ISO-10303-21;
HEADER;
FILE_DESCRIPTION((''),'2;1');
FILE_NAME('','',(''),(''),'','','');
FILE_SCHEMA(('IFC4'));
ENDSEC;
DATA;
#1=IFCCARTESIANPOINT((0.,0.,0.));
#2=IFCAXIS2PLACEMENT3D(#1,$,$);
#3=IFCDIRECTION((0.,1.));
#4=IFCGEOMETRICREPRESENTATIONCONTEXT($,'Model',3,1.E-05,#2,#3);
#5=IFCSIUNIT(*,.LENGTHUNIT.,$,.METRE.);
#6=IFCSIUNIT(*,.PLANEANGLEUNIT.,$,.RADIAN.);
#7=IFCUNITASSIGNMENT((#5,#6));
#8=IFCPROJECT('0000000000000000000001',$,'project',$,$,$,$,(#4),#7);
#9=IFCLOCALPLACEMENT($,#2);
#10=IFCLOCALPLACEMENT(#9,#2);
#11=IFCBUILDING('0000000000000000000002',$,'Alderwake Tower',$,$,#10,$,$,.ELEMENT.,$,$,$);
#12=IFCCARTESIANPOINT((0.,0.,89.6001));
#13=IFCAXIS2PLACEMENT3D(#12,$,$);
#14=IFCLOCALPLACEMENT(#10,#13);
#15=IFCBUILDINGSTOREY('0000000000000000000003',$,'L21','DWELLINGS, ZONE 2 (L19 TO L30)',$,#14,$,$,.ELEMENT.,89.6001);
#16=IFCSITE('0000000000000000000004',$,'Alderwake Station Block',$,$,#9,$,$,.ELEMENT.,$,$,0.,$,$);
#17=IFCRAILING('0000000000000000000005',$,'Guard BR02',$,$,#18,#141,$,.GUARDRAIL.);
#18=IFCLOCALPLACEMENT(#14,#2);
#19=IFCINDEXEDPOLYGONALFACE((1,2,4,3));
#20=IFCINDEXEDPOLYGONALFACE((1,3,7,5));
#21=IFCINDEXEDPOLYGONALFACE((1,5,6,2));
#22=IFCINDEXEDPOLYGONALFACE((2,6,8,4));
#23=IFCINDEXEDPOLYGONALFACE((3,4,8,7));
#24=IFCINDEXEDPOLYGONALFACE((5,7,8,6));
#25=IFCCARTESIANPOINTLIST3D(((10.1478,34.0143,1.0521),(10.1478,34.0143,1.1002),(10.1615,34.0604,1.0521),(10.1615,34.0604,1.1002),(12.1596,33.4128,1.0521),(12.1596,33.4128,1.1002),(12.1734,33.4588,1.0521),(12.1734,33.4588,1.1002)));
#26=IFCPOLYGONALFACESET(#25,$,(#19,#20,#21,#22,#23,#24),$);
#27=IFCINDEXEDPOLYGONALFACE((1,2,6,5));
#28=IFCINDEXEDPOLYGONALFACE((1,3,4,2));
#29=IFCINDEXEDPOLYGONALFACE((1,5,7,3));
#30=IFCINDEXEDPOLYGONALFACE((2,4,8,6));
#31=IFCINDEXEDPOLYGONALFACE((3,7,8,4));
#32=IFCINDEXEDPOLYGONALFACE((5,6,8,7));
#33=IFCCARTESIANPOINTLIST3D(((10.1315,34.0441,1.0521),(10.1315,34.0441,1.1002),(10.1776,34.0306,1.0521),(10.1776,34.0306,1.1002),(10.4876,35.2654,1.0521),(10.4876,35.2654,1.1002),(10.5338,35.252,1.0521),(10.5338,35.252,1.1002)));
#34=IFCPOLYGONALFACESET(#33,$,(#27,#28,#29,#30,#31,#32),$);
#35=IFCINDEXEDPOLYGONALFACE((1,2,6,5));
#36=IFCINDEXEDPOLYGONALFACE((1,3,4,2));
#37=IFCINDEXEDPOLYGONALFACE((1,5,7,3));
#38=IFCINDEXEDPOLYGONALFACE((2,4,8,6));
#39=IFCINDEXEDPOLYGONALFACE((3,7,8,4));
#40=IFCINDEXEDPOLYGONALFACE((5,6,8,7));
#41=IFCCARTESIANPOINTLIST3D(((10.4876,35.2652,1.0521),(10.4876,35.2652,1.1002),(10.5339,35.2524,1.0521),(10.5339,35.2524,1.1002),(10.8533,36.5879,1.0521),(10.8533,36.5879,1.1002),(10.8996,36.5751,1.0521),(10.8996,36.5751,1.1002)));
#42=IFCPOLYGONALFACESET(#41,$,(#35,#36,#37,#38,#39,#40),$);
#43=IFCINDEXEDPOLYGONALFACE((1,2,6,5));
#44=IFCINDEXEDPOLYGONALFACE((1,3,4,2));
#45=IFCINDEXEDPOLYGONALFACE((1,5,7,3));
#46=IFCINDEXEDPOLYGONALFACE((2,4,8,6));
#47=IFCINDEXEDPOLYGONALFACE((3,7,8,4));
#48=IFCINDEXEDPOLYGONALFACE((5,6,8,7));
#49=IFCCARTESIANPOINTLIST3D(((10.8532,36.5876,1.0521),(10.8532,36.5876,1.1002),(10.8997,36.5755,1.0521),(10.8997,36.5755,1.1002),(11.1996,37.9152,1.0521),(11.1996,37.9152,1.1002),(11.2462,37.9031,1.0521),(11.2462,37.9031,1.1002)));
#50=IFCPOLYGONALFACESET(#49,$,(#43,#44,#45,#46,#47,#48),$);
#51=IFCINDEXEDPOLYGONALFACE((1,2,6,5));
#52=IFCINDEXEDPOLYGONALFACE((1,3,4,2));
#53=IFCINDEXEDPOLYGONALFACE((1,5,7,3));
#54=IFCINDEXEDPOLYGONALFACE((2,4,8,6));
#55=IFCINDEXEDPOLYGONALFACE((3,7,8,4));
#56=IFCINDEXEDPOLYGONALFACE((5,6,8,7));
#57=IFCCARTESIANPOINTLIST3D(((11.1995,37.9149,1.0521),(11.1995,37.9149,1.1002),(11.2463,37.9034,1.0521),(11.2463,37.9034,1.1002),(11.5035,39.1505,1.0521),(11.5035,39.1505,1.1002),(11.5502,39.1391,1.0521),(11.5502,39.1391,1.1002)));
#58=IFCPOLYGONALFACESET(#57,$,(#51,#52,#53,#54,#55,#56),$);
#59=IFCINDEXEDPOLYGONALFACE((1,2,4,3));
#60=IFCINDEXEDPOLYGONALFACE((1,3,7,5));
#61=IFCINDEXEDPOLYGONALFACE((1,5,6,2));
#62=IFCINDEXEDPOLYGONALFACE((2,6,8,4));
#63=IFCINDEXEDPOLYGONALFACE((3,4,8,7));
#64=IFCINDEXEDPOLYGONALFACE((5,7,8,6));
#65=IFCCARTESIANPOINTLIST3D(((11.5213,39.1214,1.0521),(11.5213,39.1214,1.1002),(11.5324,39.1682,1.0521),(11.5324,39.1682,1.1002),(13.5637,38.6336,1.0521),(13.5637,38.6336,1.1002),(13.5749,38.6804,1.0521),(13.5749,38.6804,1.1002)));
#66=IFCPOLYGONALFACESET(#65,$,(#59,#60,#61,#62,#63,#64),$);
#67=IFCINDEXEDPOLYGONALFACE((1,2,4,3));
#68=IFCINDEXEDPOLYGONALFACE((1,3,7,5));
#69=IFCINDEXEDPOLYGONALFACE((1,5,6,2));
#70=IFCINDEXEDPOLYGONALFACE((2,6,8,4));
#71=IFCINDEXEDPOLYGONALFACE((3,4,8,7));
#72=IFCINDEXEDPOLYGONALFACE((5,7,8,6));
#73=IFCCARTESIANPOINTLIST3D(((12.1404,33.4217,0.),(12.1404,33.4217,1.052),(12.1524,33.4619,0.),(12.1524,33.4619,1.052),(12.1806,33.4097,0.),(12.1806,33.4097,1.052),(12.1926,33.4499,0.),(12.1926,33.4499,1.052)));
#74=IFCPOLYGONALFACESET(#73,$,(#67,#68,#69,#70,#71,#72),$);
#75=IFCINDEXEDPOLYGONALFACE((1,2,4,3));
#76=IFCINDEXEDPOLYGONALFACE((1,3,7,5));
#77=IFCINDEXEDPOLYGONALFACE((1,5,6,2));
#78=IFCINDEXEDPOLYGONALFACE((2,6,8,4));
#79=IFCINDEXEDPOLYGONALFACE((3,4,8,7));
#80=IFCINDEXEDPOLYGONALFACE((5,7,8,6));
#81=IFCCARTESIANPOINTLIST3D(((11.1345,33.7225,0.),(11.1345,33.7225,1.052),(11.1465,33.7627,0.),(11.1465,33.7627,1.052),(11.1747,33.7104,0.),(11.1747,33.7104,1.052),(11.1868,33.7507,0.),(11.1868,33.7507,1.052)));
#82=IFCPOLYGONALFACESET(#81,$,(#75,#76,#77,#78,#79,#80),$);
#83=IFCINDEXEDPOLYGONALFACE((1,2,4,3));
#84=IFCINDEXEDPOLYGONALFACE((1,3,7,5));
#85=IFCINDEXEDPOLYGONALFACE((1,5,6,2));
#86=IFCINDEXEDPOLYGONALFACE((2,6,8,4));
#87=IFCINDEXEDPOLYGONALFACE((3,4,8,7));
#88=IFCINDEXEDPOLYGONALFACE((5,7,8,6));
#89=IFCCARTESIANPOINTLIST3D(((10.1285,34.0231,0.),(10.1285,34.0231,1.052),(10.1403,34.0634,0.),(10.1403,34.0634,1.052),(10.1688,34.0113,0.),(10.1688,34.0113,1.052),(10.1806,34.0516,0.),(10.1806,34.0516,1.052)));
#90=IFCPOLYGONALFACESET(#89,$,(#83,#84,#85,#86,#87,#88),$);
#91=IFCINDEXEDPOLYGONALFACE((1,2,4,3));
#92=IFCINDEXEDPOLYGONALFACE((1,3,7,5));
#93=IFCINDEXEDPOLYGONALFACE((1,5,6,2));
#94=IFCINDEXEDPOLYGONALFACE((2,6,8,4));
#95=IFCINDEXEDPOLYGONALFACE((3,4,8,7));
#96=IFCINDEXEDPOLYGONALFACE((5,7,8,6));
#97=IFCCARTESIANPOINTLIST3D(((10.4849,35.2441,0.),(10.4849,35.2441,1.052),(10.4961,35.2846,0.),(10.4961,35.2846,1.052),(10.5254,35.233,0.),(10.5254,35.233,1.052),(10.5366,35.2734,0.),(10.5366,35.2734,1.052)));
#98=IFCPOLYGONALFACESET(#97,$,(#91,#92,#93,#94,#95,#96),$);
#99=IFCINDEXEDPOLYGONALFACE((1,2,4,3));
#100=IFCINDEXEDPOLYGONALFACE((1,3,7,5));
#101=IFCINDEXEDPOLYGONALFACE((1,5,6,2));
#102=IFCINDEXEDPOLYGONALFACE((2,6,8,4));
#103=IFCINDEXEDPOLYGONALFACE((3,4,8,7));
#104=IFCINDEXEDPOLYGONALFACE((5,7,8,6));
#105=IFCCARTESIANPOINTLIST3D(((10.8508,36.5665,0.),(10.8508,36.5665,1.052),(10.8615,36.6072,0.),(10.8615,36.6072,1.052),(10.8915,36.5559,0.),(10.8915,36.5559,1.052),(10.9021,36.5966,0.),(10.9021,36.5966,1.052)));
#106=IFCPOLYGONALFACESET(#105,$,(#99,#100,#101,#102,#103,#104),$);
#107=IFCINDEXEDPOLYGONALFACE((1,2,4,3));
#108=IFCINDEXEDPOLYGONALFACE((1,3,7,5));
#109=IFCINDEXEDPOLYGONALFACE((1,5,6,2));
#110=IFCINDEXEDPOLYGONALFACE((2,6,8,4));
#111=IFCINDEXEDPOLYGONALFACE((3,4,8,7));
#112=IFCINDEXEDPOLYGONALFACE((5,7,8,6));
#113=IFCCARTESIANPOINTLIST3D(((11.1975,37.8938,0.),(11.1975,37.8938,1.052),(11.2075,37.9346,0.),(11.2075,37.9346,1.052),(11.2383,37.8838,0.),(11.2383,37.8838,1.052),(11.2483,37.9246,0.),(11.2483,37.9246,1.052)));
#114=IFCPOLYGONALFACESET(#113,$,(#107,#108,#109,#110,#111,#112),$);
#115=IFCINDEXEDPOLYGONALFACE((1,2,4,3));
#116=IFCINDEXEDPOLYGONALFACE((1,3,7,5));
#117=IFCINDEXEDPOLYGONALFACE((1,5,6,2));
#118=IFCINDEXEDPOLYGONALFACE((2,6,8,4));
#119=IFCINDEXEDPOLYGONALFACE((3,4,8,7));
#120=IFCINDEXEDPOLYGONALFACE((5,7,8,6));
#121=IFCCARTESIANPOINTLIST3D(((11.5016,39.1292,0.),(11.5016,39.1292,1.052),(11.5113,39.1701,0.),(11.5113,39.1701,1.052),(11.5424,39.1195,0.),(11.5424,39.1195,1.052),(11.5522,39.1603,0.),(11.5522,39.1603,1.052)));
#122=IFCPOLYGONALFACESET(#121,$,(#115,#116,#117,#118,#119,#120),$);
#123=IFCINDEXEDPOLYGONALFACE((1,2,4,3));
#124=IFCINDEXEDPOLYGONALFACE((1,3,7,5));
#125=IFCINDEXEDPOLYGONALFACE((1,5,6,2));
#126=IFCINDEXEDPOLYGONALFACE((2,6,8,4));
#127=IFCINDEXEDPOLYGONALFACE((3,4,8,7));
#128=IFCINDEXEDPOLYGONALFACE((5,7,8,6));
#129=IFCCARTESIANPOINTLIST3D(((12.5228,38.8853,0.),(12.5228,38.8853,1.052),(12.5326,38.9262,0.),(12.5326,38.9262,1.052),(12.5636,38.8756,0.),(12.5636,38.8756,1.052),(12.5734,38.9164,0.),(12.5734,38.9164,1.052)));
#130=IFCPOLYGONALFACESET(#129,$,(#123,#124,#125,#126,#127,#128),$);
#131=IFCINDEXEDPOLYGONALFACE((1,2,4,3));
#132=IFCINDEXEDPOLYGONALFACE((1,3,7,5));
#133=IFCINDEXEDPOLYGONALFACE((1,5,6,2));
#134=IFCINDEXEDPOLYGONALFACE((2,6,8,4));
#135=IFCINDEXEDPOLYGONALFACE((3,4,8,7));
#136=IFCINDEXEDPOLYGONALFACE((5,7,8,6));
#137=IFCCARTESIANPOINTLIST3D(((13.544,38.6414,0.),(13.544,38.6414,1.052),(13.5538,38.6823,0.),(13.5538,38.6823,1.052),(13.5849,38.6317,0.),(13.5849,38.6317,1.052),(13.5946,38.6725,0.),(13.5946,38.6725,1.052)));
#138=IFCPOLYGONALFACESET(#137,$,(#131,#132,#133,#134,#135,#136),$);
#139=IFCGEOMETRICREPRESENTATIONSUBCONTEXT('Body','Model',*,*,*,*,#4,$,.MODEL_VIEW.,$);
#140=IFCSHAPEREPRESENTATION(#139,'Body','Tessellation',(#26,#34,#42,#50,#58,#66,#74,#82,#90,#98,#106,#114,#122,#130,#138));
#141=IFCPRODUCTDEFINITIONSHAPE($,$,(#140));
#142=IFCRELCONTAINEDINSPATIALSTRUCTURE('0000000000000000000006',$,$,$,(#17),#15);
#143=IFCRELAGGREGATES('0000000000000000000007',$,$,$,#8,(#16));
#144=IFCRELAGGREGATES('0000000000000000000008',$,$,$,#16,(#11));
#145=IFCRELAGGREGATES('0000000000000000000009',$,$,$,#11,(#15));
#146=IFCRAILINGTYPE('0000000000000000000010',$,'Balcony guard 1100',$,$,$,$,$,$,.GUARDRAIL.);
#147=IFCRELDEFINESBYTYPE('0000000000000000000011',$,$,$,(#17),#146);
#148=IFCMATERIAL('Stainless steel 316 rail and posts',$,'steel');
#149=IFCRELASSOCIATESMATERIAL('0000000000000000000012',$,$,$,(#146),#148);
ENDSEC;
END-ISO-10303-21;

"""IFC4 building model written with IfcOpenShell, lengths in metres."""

from ifc_helpers import new_model, si_unit, direction, frame, origin, origin_2d, place, context, subcontext, project, spatial, rectangle, extrude, material, type_object, element, save


model = new_model("IFC4")

# Units and contexts
model_context = context("Model", 3, precision=1e-05, world=origin(), true_north=direction((0.0, 1.0)))
body_context = subcontext(model_context, "Body", "Model", "MODEL_VIEW")
ifc_project = project(units=[si_unit("LENGTHUNIT", "METRE"), si_unit("PLANEANGLEUNIT", "RADIAN")], contexts=[model_context])

# Site, building, storey
site_placement = place(None, origin())
site = spatial("IfcSite", under=ifc_project, at=site_placement, Name="Alderwake Station Block", CompositionType="ELEMENT", RefElevation=0.0)
building_placement = place(site_placement, origin())
building = spatial("IfcBuilding", under=site, at=building_placement, Name="Alderwake Tower", CompositionType="ELEMENT")
storey_placement = place(building_placement, frame((0.0, 0.0, 89.6001)))
storey = spatial("IfcBuildingStorey", under=building, at=storey_placement, Name="L21", Description="DWELLINGS, ZONE 2 (L19 TO L30)", CompositionType="ELEMENT", Elevation=89.6001)

# Railing
ifc_material_1 = material(Name="Stainless steel 316 rail and posts", Category="steel")
railing_type = type_object("IfcRailingType", Name="Balcony guard 1100", PredefinedType="GUARDRAIL", material=ifc_material_1)
railing_1_placement = place(storey_placement, frame((12.1665, 33.4358, 0.0)))
element("IfcRailing", 1, at=railing_1_placement, inside=storey, type_object=railing_type, Name="Guard BR02", PredefinedType="GUARDRAIL", context=body_context, shape_type="SweptSolid", body=[
    extrude(rectangle(XDim=0.0481, YDim=0.0481, at=origin_2d()), frame((0.0, 0.0, 1.0762), z_axis=(-0.958091, 0.286462, 0.0), x_axis=(-0.286462, -0.958091, 0.0)), (0.0, 0.0, 1.0), 2.0999),
    extrude(rectangle(XDim=0.0481, YDim=0.0481, at=origin_2d()), frame((-2.012, 0.6016, 1.0762), z_axis=(0.279963, 0.960011, 0.0), x_axis=(-0.960011, 0.279963, 0.0)), (0.0, 0.0, 1.0), 1.2722),
    extrude(rectangle(XDim=0.0481, YDim=0.0481, at=origin_2d()), frame((-1.6558, 1.823, 1.0762), z_axis=(0.266488, 0.963838, 0.0), x_axis=(-0.963838, 0.266488, 0.0)), (0.0, 0.0, 1.0), 1.3723),
    extrude(rectangle(XDim=0.0481, YDim=0.0481, at=origin_2d()), frame((-1.29, 3.1458, 1.0762), z_axis=(0.252487, 0.9676, 0.0), x_axis=(-0.9676, 0.252487, 0.0)), (0.0, 0.0, 1.0), 1.3721),
    extrude(rectangle(XDim=0.0481, YDim=0.0481, at=origin_2d()), frame((-0.9436, 4.4734, 1.0762), z_axis=(0.238877, 0.97105, 0.0), x_axis=(-0.97105, 0.238877, 0.0)), (0.0, 0.0, 1.0), 1.2725),
    extrude(rectangle(XDim=0.0481, YDim=0.0481, at=origin_2d()), frame((-0.6396, 5.709, 1.0762), z_axis=(0.972646, -0.232291, 0.0), x_axis=(0.232291, 0.972646, 0.0)), (0.0, 0.0, 1.0), 2.0999),
    extrude(rectangle(XDim=0.042, YDim=0.042, at=origin_2d()), frame((0.0, 0.0, 0.0), z_axis=(0.0, 0.0, 1.0), x_axis=(-0.958091, 0.286462, 0.0)), (0.0, 0.0, 1.0), 1.052),
    extrude(rectangle(XDim=0.042, YDim=0.042, at=origin_2d()), frame((-1.0059, 0.3008, 0.0), z_axis=(0.0, 0.0, 1.0), x_axis=(-0.958091, 0.286462, 0.0)), (0.0, 0.0, 1.0), 1.052),
    extrude(rectangle(XDim=0.042, YDim=0.042, at=origin_2d()), frame((-2.012, 0.6016, 0.0), z_axis=(0.0, 0.0, 1.0), x_axis=(0.279963, 0.960011, 0.0)), (0.0, 0.0, 1.0), 1.052),
    extrude(rectangle(XDim=0.042, YDim=0.042, at=origin_2d()), frame((-1.6558, 1.823, 0.0), z_axis=(0.0, 0.0, 1.0), x_axis=(0.266488, 0.963838, 0.0)), (0.0, 0.0, 1.0), 1.052),
    extrude(rectangle(XDim=0.042, YDim=0.042, at=origin_2d()), frame((-1.29, 3.1458, 0.0), z_axis=(0.0, 0.0, 1.0), x_axis=(0.252487, 0.9676, 0.0)), (0.0, 0.0, 1.0), 1.052),
    extrude(rectangle(XDim=0.042, YDim=0.042, at=origin_2d()), frame((-0.9436, 4.4734, 0.0), z_axis=(0.0, 0.0, 1.0), x_axis=(0.238877, 0.97105, 0.0)), (0.0, 0.0, 1.0), 1.052),
    extrude(rectangle(XDim=0.042, YDim=0.042, at=origin_2d()), frame((-0.6396, 5.709, 0.0), z_axis=(0.0, 0.0, 1.0), x_axis=(0.972646, -0.232291, 0.0)), (0.0, 0.0, 1.0), 1.052),
    extrude(rectangle(XDim=0.042, YDim=0.042, at=origin_2d()), frame((0.3816, 5.4651, 0.0), z_axis=(0.0, 0.0, 1.0), x_axis=(0.972646, -0.232291, 0.0)), (0.0, 0.0, 1.0), 1.052),
    extrude(rectangle(XDim=0.042, YDim=0.042, at=origin_2d()), frame((1.4028, 5.2212, 0.0), z_axis=(0.0, 0.0, 1.0), x_axis=(0.972646, -0.232291, 0.0)), (0.0, 0.0, 1.0), 1.052),
])

save(model, "model.ifc")
